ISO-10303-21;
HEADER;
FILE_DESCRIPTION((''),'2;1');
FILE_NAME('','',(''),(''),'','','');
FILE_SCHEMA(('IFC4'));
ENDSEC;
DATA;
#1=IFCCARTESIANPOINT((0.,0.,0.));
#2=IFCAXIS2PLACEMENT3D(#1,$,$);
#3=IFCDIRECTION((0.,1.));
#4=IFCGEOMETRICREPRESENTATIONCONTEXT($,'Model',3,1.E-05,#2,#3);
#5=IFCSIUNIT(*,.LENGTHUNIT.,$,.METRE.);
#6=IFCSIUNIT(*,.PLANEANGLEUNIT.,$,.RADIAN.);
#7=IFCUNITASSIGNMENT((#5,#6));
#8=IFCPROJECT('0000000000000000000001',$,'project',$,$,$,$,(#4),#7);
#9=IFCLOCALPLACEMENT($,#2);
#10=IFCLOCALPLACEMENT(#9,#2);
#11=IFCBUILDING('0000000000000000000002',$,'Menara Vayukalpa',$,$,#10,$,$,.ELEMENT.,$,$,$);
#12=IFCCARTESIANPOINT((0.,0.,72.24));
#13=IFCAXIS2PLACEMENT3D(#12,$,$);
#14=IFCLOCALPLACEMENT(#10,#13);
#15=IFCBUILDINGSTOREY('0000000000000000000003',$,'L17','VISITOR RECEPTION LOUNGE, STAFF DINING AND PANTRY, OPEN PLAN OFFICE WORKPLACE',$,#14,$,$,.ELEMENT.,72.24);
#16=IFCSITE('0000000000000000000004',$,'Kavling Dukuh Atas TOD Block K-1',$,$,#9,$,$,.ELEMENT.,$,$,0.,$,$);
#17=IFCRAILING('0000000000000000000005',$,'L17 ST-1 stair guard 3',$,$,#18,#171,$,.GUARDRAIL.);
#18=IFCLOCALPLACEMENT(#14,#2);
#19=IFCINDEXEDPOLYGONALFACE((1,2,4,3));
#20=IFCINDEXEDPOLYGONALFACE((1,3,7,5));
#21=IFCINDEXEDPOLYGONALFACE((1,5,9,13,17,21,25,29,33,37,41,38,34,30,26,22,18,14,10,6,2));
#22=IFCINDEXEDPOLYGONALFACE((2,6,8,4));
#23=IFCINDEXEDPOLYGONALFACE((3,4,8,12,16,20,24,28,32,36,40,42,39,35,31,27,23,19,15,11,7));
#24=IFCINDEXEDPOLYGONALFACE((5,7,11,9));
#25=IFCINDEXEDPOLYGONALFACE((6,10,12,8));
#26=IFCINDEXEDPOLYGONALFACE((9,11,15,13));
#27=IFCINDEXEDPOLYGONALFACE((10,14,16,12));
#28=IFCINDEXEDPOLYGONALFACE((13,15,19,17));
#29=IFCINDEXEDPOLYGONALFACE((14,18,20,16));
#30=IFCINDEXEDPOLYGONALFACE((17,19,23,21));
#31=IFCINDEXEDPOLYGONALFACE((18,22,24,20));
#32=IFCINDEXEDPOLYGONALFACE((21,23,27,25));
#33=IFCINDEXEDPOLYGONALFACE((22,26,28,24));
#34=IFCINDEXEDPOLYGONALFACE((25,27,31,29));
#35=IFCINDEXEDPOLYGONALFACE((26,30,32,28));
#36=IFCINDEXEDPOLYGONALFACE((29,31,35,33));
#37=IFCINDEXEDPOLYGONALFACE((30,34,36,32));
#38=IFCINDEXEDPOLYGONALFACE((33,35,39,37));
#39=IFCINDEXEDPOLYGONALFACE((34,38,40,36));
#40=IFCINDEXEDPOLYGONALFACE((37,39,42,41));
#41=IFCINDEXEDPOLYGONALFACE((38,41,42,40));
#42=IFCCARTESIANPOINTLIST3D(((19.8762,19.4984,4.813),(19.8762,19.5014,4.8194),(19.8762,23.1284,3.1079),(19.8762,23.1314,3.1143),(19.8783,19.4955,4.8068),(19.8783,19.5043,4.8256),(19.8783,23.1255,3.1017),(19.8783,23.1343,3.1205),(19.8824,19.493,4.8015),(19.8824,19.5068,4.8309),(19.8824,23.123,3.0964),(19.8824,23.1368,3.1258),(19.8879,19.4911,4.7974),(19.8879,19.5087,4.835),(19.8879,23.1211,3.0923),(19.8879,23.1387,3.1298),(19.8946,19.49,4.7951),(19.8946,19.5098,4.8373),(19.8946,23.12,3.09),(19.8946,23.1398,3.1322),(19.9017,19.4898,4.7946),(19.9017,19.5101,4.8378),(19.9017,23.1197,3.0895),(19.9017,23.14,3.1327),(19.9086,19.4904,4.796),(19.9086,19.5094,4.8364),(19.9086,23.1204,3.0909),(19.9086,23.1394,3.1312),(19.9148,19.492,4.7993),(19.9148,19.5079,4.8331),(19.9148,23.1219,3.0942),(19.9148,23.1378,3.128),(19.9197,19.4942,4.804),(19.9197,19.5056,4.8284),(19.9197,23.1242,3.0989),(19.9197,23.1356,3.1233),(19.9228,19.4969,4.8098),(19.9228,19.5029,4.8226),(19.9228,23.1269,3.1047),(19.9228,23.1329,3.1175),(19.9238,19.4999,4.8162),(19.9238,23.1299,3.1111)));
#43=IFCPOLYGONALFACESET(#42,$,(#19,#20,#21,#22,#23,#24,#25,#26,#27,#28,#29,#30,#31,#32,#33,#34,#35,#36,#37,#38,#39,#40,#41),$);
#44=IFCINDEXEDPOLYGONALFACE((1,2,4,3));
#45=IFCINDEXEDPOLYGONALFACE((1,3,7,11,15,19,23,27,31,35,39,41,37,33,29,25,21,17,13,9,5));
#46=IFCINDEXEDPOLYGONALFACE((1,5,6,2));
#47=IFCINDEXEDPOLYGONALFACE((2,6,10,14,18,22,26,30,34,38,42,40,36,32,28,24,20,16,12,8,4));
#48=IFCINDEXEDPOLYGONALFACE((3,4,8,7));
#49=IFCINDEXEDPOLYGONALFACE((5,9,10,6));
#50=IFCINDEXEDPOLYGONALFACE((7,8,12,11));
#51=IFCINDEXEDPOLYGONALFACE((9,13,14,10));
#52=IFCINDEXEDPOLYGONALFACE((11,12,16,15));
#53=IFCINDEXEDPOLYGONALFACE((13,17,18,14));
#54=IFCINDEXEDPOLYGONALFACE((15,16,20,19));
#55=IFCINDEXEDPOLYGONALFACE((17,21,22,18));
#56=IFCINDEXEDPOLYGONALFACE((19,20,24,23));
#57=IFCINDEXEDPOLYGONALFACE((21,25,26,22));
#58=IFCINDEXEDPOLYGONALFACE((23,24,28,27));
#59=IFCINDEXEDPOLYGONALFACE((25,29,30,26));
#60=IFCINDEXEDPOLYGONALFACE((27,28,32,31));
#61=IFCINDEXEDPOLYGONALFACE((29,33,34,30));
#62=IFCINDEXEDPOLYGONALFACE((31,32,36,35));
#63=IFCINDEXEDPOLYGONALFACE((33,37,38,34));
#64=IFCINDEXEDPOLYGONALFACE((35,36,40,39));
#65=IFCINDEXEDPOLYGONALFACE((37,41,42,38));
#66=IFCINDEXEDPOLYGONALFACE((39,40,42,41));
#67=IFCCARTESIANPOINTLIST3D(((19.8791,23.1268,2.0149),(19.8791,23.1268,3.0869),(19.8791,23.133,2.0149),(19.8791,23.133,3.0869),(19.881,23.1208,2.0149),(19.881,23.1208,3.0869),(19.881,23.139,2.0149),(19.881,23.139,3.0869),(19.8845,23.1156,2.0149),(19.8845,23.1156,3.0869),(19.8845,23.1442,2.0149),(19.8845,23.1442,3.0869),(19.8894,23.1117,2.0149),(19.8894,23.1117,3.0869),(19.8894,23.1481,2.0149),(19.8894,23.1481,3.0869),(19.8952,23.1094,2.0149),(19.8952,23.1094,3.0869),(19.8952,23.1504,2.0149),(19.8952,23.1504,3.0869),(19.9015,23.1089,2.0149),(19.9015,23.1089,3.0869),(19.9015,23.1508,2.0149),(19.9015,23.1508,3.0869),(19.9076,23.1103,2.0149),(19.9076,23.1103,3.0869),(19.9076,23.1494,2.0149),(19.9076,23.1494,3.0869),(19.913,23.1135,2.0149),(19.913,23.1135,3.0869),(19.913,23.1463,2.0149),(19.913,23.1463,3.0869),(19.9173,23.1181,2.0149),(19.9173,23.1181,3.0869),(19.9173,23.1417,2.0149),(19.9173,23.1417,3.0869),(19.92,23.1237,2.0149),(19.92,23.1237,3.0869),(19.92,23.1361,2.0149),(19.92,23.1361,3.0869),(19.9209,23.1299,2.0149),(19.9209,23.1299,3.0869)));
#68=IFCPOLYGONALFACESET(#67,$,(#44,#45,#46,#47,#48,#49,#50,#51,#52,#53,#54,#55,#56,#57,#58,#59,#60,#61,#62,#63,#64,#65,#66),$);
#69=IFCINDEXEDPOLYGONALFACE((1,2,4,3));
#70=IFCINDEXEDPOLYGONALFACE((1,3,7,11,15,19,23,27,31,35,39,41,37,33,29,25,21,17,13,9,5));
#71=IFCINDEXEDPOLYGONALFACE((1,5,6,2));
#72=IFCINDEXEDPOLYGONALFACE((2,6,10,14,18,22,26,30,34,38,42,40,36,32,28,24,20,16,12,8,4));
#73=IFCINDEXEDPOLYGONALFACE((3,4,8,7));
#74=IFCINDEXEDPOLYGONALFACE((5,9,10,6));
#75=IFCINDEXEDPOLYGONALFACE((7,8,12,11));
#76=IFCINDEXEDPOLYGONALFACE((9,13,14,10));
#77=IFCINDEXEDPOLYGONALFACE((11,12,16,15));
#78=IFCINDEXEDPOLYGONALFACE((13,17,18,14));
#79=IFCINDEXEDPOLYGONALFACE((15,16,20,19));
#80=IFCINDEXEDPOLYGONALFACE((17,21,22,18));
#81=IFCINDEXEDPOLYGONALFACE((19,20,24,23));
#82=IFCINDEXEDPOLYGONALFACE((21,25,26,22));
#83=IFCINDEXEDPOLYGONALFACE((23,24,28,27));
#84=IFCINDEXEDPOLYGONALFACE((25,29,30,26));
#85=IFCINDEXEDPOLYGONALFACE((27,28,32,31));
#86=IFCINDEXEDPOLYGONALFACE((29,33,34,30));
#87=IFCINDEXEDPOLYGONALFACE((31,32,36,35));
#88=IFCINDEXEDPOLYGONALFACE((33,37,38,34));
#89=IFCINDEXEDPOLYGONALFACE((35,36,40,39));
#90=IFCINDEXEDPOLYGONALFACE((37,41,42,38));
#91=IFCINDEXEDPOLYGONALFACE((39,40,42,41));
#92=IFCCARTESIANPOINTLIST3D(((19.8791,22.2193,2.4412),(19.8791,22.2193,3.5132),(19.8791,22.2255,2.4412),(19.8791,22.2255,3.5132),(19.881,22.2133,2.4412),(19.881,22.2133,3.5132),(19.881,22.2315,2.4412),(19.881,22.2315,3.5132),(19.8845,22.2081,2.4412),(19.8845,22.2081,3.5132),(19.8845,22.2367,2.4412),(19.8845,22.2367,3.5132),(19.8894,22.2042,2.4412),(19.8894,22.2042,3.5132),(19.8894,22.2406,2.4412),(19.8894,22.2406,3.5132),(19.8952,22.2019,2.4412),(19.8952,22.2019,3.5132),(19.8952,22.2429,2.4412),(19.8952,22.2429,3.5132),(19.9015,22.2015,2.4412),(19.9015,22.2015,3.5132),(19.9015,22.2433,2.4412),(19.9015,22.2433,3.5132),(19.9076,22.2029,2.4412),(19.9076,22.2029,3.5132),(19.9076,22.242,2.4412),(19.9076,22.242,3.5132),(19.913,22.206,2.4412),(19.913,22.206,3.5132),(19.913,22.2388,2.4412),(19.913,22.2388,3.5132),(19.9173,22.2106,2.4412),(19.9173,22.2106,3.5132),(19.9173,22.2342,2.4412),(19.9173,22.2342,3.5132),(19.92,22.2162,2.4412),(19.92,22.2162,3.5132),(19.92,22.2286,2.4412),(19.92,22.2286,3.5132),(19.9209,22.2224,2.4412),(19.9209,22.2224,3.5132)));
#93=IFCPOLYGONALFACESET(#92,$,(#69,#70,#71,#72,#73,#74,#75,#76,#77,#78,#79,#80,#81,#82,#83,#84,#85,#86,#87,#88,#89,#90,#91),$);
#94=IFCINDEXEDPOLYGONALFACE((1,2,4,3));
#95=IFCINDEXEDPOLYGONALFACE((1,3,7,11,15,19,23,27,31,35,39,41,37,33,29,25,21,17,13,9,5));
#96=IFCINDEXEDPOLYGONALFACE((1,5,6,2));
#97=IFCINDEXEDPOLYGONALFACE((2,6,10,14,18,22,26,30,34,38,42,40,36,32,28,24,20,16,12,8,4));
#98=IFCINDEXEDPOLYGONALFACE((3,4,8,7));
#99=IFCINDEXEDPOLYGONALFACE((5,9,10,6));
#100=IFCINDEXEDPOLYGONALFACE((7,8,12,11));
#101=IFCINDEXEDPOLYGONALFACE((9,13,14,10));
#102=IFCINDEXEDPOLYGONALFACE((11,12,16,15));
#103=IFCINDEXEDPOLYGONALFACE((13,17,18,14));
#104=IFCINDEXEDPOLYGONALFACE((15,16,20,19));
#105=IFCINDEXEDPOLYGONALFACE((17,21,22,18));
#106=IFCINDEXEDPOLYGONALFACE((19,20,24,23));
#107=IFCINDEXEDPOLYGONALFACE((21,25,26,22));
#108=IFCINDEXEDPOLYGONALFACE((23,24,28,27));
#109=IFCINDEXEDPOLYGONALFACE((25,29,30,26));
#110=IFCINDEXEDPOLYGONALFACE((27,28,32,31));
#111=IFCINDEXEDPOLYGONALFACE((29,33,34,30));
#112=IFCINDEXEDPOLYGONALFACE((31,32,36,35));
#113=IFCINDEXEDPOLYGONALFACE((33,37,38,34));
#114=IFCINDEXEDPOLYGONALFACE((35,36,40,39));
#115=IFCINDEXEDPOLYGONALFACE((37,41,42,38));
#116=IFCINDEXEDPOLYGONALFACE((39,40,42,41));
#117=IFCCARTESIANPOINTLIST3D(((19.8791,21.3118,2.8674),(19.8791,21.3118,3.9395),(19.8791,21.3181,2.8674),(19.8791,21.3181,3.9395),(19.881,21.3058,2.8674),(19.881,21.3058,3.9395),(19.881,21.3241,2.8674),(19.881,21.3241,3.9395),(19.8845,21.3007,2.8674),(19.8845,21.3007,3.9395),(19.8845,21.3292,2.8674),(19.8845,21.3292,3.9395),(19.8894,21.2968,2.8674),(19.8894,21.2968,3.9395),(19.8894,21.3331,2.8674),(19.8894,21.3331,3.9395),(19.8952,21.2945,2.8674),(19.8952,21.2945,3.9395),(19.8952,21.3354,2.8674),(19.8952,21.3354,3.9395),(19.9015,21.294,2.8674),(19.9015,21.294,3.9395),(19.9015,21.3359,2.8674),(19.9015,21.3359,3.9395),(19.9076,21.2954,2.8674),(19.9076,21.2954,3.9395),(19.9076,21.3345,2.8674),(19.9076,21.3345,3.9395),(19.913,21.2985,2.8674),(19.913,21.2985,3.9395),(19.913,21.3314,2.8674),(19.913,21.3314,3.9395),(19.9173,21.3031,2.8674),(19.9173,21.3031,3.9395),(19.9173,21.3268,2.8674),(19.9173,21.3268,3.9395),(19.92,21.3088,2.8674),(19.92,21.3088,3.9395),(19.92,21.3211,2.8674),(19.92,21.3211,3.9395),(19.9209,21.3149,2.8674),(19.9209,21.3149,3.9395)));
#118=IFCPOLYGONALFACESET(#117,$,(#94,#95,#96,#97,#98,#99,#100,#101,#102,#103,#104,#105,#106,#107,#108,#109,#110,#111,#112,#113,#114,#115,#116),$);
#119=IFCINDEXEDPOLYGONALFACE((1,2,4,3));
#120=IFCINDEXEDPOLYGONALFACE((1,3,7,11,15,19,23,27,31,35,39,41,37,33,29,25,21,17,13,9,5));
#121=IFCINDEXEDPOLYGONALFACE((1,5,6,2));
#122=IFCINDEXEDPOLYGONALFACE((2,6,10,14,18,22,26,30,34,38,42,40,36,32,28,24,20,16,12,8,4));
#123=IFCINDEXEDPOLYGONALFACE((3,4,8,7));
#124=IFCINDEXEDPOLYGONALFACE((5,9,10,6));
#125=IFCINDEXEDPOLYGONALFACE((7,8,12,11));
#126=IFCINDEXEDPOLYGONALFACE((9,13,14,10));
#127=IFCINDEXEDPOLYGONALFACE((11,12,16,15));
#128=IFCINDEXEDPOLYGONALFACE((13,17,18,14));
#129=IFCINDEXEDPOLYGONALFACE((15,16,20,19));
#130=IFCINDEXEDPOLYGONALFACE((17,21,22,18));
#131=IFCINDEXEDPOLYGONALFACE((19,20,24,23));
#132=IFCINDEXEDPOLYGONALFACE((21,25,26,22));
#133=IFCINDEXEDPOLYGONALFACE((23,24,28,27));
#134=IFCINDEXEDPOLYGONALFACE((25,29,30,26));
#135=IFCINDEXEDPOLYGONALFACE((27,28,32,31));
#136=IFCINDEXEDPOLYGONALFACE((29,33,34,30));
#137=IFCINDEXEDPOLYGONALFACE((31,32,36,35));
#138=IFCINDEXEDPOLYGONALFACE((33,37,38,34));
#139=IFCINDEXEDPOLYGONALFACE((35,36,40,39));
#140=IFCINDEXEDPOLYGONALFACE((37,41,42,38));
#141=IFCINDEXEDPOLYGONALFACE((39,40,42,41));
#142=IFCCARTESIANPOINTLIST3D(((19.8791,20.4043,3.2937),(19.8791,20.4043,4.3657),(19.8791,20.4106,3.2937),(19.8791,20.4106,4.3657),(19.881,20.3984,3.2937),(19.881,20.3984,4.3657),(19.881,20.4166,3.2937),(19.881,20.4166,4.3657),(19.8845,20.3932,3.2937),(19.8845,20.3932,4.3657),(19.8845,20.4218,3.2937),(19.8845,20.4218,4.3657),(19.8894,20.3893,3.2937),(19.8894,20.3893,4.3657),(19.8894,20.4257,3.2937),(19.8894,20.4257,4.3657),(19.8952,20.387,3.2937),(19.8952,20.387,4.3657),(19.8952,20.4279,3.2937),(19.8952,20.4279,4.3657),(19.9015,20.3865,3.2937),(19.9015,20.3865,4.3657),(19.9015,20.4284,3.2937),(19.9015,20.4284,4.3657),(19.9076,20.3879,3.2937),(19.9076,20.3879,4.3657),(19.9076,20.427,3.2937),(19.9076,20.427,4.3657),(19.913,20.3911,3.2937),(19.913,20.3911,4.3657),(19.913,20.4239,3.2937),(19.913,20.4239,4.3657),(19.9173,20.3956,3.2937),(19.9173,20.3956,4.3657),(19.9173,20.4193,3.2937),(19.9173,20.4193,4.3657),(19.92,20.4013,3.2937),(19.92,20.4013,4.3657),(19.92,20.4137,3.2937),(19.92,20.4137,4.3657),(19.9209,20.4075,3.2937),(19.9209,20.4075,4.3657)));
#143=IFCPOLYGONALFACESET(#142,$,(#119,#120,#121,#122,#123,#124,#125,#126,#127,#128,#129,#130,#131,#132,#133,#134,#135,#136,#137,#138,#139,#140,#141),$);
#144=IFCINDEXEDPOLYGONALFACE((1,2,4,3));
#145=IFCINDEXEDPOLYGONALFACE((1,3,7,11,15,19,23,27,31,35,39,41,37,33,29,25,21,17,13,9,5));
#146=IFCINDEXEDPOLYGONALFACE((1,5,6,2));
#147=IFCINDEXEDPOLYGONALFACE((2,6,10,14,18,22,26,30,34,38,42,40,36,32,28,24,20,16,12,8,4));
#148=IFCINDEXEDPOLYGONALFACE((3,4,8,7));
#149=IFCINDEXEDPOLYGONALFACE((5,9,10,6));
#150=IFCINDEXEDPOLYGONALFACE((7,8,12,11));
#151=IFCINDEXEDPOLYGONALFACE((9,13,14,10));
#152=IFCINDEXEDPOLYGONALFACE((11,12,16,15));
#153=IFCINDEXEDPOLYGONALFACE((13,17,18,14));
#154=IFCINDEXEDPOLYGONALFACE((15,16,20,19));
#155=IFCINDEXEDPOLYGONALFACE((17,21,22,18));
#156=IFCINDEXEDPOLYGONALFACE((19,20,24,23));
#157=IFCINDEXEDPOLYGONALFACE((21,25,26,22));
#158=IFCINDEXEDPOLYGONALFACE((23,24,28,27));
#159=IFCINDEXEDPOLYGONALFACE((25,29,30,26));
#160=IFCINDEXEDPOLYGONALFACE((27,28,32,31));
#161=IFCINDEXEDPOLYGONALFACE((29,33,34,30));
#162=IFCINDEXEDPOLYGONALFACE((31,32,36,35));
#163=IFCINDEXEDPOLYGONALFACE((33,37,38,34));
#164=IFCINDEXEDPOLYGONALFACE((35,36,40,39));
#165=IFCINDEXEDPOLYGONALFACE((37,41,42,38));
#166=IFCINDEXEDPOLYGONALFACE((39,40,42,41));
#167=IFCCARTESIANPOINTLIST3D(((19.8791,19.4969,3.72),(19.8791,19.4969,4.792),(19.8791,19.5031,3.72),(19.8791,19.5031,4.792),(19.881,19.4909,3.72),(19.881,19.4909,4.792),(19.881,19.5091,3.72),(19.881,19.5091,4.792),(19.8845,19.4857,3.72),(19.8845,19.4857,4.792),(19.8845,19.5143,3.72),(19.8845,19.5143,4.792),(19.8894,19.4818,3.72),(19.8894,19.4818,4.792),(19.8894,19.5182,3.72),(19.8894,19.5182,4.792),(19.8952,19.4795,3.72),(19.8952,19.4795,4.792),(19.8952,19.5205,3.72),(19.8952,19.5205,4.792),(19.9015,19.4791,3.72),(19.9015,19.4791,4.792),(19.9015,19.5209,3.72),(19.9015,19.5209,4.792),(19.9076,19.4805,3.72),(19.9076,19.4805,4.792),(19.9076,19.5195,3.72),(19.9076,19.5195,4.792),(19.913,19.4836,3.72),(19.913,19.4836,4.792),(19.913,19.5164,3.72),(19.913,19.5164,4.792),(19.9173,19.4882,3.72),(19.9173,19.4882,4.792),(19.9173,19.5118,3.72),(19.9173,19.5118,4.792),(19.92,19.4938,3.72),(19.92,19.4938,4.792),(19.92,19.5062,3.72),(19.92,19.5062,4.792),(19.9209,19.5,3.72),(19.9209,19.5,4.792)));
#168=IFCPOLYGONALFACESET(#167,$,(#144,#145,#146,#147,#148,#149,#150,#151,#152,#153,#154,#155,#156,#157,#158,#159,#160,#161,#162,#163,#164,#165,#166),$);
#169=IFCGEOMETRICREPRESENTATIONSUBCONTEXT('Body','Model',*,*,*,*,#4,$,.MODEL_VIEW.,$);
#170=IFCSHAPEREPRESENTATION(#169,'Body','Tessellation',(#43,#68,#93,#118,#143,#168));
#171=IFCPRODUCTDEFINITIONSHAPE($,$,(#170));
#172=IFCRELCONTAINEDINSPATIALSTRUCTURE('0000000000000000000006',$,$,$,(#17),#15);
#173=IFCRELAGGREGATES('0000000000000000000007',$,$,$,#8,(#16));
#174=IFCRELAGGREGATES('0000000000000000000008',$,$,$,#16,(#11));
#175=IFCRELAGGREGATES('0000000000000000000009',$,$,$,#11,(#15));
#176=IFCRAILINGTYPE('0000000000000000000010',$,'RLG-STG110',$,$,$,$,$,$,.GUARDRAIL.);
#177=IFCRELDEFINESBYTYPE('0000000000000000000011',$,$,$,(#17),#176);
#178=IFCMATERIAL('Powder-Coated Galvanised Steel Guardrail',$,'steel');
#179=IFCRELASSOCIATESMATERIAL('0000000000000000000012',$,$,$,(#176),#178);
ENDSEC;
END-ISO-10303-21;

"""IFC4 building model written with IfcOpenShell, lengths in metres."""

from ifc_helpers import new_model, si_unit, direction, frame, origin, origin_2d, place, context, subcontext, project, spatial, circle, extrude, material, type_object, element, save


model = new_model("IFC4")

# Units and contexts
model_context = context("Model", 3, precision=1e-05, world=origin(), true_north=direction((0.0, 1.0)))
body_context = subcontext(model_context, "Body", "Model", "MODEL_VIEW")
ifc_project = project(units=[si_unit("LENGTHUNIT", "METRE"), si_unit("PLANEANGLEUNIT", "RADIAN")], contexts=[model_context])

# Site, building, storey
site_placement = place(None, origin())
site = spatial("IfcSite", under=ifc_project, at=site_placement, Name="Kavling Dukuh Atas TOD Block K-1", CompositionType="ELEMENT", RefElevation=0.0)
building_placement = place(site_placement, origin())
building = spatial("IfcBuilding", under=site, at=building_placement, Name="Menara Vayukalpa", CompositionType="ELEMENT")
storey_placement = place(building_placement, frame((0.0, 0.0, 72.24)))
storey = spatial("IfcBuildingStorey", under=building, at=storey_placement, Name="L17", Description="VISITOR RECEPTION LOUNGE, STAFF DINING AND PANTRY, OPEN PLAN OFFICE WORKPLACE", CompositionType="ELEMENT", Elevation=72.24)

# Railing
ifc_material_1 = material(Name="Powder-Coated Galvanised Steel Guardrail", Category="steel")
railing_type_1 = type_object("IfcRailingType", Name="RLG-STG110", PredefinedType="GUARDRAIL", material=ifc_material_1)
railing_1_placement = place(storey_placement, frame((19.8999, 23.1299, 2.0149)))
element("IfcRailing", 1, at=railing_1_placement, inside=storey, type_object=railing_type_1, Name="L17 ST-1 stair guard 3", PredefinedType="GUARDRAIL", context=body_context, shape_type="SweptSolid", body=[
    extrude(circle(Radius=0.0239, at=origin_2d()), frame((0.0, 0.0, 1.0962), z_axis=(0.0, -0.905116, 0.425164), x_axis=(1.0, 0.0, 0.0)), (0.0, 0.0, 1.0), 4.0105),
    extrude(circle(Radius=0.021, at=origin_2d()), origin(), (0.0, 0.0, 1.0), 1.072),
    extrude(circle(Radius=0.021, at=origin_2d()), frame((0.0, -0.9075, 0.4263)), (0.0, 0.0, 1.0), 1.072),
    extrude(circle(Radius=0.021, at=origin_2d()), frame((0.0, -1.8149, 0.8525)), (0.0, 0.0, 1.0), 1.072),
    extrude(circle(Radius=0.021, at=origin_2d()), frame((0.0, -2.7224, 1.2788)), (0.0, 0.0, 1.0), 1.072),
    extrude(circle(Radius=0.021, at=origin_2d()), frame((0.0, -3.6299, 1.7051)), (0.0, 0.0, 1.0), 1.072),
])

save(model, "model.ifc")
